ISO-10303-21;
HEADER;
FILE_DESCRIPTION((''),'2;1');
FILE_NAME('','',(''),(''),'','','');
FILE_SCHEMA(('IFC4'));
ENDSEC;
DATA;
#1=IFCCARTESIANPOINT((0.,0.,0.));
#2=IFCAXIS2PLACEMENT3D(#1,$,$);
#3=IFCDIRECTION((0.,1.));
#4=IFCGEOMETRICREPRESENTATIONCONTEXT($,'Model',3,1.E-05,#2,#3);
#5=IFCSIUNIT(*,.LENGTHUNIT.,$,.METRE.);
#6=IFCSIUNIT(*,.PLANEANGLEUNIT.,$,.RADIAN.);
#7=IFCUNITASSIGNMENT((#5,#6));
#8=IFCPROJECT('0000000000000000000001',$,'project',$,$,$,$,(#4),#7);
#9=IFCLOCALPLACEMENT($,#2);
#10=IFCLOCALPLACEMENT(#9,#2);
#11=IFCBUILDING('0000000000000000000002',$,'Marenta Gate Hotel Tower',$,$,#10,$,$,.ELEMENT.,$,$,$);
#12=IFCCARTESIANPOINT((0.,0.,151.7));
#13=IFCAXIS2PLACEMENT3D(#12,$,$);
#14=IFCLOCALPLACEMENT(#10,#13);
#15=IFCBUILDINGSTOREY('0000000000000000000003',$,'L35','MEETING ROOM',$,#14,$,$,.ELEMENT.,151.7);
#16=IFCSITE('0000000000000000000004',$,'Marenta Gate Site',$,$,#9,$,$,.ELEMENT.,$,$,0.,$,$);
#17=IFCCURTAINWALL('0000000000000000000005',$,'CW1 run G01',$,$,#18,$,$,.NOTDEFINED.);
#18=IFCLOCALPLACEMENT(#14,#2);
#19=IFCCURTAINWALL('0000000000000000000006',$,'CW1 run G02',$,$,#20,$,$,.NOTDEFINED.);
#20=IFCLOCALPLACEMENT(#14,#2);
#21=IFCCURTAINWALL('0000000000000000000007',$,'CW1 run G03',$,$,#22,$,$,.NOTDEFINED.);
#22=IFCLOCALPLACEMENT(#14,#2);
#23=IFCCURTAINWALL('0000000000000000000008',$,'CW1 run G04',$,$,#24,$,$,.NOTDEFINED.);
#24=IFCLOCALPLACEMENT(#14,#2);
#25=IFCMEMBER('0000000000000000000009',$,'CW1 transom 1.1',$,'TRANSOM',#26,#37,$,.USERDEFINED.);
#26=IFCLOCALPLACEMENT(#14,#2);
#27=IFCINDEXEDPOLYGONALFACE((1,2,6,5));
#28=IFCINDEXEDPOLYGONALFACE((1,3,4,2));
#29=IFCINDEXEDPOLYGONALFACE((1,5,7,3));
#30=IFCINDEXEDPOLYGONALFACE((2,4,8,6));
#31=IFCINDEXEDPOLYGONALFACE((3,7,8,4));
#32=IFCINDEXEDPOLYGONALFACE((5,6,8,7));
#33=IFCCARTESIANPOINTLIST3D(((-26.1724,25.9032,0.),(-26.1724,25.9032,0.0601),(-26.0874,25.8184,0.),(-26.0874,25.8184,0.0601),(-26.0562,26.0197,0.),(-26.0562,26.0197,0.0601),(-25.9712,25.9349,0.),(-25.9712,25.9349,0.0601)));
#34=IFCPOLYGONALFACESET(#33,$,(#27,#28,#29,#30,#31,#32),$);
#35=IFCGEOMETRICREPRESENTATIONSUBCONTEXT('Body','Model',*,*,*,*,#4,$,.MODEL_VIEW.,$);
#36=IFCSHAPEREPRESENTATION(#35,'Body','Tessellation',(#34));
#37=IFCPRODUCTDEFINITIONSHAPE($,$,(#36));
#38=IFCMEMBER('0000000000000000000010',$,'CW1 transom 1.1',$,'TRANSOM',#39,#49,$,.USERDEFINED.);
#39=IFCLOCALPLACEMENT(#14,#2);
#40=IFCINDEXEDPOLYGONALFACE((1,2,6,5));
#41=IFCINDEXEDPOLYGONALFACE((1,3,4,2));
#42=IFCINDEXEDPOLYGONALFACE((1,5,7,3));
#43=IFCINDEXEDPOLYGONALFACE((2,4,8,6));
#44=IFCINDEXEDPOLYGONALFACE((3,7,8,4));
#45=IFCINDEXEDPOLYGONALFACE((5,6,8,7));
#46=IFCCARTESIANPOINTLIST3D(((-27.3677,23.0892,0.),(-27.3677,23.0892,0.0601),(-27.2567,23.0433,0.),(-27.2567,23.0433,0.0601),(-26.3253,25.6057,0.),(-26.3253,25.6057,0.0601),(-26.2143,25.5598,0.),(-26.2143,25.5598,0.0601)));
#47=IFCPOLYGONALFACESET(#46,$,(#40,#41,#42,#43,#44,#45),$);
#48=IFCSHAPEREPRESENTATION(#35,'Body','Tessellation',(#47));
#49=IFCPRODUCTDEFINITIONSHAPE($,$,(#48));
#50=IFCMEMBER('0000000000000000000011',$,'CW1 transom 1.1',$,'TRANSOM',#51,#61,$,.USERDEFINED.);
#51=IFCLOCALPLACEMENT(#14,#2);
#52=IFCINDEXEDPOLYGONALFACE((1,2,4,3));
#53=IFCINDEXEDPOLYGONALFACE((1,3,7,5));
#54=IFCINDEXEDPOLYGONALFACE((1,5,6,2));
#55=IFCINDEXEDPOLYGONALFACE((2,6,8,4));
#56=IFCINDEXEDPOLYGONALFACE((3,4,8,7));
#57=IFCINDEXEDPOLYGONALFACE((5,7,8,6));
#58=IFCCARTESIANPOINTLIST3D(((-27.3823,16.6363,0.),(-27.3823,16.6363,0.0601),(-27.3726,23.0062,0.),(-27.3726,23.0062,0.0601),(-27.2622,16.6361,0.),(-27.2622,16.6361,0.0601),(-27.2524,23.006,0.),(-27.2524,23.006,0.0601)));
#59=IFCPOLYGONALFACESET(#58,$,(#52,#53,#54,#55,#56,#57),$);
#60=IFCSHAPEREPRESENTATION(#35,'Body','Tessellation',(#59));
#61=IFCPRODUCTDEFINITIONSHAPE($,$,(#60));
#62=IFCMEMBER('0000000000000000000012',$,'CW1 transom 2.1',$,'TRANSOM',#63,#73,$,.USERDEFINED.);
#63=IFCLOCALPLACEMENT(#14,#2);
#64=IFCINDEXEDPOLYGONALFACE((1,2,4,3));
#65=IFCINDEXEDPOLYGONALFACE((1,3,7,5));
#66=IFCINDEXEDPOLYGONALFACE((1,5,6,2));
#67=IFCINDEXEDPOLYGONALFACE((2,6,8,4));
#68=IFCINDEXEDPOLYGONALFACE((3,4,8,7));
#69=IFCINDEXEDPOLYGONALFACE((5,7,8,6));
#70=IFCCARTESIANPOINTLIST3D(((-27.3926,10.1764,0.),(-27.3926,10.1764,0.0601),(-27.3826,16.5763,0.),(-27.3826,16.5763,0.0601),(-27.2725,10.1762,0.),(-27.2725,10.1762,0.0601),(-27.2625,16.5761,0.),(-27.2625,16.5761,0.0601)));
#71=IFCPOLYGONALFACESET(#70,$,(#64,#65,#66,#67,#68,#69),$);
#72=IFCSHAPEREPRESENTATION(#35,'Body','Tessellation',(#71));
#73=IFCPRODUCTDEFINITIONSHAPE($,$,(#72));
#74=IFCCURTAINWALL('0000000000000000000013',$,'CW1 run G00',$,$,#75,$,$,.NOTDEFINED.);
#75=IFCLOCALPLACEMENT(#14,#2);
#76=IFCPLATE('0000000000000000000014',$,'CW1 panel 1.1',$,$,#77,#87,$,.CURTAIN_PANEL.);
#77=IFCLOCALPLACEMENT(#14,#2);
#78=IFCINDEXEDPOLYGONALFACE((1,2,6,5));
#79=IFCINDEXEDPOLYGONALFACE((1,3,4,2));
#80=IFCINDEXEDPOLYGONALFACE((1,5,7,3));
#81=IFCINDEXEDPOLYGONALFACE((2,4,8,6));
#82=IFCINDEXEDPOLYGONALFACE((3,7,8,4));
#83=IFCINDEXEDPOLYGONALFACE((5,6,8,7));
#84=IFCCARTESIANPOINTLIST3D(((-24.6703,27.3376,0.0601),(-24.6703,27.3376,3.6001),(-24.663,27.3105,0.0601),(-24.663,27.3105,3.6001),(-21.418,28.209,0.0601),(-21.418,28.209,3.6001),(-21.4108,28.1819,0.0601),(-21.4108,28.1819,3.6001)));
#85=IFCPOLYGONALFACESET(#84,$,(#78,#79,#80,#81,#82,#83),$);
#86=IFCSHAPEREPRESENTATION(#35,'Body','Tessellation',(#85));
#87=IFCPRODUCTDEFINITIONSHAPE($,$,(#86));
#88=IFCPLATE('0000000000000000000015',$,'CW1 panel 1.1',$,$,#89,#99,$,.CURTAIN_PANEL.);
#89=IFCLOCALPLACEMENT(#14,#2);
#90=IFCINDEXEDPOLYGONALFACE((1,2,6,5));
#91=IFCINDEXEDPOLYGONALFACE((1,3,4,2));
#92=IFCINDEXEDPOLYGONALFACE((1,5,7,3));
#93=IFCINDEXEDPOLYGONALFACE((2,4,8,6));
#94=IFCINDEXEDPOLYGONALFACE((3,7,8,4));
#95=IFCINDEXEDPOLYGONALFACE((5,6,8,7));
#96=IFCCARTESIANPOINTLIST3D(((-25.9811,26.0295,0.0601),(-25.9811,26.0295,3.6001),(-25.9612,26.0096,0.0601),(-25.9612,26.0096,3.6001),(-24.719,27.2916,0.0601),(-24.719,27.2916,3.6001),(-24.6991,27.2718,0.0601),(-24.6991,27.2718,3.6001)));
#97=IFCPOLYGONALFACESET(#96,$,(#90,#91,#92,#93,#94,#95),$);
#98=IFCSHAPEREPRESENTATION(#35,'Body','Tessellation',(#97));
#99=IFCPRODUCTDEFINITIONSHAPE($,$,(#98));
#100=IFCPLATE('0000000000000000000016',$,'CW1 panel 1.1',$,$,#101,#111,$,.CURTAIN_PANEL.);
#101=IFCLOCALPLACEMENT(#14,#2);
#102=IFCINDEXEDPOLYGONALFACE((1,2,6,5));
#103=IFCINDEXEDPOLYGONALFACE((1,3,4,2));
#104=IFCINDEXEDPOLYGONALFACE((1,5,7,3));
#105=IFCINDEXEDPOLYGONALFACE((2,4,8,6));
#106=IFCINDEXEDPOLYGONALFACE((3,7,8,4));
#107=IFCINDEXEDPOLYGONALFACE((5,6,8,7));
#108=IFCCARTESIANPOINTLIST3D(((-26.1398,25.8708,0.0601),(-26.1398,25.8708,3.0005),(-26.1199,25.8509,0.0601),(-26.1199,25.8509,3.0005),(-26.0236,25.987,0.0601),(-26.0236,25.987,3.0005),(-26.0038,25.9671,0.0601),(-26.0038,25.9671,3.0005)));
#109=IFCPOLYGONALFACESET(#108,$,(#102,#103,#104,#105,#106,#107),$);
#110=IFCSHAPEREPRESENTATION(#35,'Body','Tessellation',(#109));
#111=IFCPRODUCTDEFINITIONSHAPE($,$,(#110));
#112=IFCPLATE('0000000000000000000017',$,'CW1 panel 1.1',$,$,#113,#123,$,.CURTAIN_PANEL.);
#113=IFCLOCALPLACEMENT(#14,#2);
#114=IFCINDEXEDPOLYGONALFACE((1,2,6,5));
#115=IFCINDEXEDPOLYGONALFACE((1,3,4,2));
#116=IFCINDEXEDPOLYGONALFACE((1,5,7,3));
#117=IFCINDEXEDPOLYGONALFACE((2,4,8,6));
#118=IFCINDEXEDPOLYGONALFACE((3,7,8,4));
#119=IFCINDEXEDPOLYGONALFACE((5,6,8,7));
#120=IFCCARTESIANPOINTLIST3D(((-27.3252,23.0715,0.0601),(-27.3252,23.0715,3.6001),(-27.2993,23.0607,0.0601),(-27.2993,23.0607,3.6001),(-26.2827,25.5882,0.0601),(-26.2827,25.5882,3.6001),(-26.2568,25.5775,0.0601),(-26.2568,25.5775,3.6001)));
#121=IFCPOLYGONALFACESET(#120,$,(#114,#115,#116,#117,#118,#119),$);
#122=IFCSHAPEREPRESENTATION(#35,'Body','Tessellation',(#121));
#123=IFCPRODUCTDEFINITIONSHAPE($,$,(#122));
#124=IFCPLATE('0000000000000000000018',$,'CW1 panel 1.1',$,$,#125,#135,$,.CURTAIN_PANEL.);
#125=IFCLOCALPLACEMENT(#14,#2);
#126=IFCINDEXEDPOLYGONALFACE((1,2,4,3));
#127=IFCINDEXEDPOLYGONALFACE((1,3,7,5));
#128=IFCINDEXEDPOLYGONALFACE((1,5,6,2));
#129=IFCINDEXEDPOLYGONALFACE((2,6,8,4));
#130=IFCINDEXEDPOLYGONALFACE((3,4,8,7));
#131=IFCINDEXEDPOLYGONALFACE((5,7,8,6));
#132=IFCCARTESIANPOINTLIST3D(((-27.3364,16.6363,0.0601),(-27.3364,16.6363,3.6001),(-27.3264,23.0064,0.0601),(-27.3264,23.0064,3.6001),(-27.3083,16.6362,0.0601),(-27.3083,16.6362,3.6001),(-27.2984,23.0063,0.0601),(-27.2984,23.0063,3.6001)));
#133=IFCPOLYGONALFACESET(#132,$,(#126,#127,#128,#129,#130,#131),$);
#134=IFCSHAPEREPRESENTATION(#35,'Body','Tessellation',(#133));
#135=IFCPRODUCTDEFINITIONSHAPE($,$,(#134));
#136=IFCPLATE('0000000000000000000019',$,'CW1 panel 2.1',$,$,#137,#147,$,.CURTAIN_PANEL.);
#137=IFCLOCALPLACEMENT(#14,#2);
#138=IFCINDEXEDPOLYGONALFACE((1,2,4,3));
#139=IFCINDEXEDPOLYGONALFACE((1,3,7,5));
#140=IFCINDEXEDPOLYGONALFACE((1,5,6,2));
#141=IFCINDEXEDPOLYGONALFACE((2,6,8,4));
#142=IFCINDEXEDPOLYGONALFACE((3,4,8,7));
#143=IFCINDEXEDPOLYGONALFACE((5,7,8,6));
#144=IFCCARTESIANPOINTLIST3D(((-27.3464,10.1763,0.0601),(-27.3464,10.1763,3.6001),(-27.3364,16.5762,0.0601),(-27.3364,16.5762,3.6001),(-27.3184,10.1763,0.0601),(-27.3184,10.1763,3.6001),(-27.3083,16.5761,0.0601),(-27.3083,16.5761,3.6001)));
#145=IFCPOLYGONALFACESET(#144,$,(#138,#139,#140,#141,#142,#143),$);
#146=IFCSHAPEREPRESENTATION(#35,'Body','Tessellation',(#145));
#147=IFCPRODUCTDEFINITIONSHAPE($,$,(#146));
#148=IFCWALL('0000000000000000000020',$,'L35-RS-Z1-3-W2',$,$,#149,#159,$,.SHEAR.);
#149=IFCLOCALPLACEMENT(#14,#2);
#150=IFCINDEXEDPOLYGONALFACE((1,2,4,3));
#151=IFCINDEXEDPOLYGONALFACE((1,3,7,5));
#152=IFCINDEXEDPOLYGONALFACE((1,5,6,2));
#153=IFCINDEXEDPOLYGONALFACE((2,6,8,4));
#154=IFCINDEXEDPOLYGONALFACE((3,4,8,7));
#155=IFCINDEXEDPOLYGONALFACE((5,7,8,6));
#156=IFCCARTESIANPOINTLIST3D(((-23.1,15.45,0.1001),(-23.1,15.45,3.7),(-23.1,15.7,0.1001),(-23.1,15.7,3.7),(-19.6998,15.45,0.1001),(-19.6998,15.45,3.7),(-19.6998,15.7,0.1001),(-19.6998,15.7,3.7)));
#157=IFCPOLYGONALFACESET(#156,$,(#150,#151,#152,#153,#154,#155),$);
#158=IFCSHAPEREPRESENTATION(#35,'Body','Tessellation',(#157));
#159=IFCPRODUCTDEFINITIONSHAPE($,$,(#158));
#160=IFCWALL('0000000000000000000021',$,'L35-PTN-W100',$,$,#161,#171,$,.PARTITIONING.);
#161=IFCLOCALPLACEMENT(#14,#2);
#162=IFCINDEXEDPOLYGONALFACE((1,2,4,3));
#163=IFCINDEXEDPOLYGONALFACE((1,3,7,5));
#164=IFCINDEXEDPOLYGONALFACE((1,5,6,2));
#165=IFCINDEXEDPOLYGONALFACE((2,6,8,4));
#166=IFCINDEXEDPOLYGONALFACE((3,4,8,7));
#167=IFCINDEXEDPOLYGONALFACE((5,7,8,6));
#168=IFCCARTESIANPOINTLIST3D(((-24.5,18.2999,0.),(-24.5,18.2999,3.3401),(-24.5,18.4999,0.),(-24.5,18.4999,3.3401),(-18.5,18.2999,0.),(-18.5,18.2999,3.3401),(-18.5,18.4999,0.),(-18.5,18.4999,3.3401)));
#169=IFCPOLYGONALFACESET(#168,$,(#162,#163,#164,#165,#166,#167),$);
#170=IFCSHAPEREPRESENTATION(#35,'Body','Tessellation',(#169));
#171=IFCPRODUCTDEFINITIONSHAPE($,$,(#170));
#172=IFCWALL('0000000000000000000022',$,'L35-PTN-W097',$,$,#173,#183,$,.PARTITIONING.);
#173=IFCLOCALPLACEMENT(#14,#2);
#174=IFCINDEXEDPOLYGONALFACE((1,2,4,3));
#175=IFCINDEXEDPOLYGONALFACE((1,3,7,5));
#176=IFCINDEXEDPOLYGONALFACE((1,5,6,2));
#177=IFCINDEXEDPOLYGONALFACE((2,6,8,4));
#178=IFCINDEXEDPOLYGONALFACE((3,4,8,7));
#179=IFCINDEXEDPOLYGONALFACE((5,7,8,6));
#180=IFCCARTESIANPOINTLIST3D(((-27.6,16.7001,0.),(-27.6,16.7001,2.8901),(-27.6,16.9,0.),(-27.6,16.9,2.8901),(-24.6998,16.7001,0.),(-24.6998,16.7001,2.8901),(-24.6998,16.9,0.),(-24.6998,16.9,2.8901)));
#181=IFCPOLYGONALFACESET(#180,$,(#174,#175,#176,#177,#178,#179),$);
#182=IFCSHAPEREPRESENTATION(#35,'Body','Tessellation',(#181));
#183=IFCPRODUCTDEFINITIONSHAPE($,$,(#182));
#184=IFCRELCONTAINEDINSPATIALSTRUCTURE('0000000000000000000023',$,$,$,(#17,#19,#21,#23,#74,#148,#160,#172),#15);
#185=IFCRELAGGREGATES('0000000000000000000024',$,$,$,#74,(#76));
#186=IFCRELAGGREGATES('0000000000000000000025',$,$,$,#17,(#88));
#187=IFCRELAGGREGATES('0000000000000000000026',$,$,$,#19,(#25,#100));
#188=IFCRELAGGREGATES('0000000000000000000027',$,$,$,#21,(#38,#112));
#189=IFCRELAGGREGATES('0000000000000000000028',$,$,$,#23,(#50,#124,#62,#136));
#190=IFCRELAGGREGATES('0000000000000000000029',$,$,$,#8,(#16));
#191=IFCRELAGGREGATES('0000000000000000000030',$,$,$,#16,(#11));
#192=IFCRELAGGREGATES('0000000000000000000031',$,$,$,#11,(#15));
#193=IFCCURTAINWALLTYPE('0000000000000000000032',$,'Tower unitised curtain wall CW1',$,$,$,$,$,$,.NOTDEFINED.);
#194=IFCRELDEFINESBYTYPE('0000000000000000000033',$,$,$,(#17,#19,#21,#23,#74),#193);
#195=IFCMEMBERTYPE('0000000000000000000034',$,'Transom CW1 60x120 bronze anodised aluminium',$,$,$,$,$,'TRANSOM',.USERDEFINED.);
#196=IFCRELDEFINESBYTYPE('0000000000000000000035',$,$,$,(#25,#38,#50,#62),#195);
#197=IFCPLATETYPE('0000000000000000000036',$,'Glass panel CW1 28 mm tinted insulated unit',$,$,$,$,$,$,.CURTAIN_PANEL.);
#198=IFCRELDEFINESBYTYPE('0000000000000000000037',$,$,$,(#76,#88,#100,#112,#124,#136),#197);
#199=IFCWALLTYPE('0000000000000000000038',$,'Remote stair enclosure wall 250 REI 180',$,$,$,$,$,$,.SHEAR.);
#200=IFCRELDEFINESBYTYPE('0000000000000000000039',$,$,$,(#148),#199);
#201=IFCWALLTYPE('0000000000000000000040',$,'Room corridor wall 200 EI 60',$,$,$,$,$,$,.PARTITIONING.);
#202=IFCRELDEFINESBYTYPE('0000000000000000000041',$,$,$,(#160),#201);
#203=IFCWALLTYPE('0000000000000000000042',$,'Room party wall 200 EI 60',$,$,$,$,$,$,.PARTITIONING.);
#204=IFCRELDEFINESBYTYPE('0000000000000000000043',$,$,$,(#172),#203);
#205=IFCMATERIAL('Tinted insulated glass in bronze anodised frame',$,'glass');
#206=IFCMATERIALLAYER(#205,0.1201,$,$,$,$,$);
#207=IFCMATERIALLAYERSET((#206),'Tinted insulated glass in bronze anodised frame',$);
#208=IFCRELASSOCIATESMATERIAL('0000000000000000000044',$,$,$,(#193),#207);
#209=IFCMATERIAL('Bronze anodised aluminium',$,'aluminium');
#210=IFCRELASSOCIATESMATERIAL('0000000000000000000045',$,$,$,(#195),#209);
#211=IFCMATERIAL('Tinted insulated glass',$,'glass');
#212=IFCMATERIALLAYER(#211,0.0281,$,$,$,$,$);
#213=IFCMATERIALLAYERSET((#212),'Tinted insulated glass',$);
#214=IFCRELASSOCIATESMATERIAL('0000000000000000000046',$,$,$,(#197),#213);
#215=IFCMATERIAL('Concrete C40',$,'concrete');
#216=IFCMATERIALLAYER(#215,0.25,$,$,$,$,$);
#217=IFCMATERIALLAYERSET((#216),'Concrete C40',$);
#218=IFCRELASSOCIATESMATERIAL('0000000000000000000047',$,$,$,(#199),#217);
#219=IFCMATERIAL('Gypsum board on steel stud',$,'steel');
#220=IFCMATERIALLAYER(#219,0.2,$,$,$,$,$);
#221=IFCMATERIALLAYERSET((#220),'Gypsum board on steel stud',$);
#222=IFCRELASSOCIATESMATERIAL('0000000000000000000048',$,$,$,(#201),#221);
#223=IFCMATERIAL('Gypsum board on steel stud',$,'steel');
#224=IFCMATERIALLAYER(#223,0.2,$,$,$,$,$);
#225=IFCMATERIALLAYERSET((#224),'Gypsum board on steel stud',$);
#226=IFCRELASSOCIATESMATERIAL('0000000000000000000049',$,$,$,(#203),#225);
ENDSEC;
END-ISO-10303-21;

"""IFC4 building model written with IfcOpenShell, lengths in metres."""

from ifc_helpers import new_model, si_unit, direction, frame, frame_2d, origin, origin_2d, place, context, subcontext, project, spatial, rectangle, extrude, material, layer, layer_set, material_profile, profile_set, type_object, element, aggregate, save


model = new_model("IFC4")

# Units and contexts
model_context = context("Model", 3, precision=1e-05, world=origin(), true_north=direction((0.0, 1.0)))
body_context = subcontext(model_context, "Body", "Model", "MODEL_VIEW")
ifc_project = project(units=[si_unit("LENGTHUNIT", "METRE"), si_unit("PLANEANGLEUNIT", "RADIAN")], contexts=[model_context])

# Site, building, storey
site_placement = place(None, origin())
site = spatial("IfcSite", under=ifc_project, at=site_placement, Name="Marenta Gate Site", CompositionType="ELEMENT", RefElevation=0.0)
building_placement = place(site_placement, origin())
building = spatial("IfcBuilding", under=site, at=building_placement, Name="Marenta Gate Hotel Tower", CompositionType="ELEMENT")
storey_placement = place(building_placement, frame((0.0, 0.0, 151.7)))
storey = spatial("IfcBuildingStorey", under=building, at=storey_placement, Name="L35", Description="MEETING ROOM", CompositionType="ELEMENT", Elevation=151.7)

# Curtain wall
ifc_material_1 = material(Name="Tinted insulated glass in bronze anodised frame", Category="glass")
ifc_layer_1 = layer(ifc_material_1, 0.1201)
ifc_layer_set_1 = layer_set([ifc_layer_1], Name="Tinted insulated glass in bronze anodised frame")
curtain_wall_type = type_object("IfcCurtainWallType", Name="Tower unitised curtain wall CW1", PredefinedType="NOTDEFINED", material=ifc_layer_set_1)
curtain_wall_1_placement = place(storey_placement, origin())
curtain_wall_1 = element("IfcCurtainWall", 1, at=curtain_wall_1_placement, inside=storey, type_object=curtain_wall_type, Name="CW1 run G01", PredefinedType="NOTDEFINED")

# Curtain wall
curtain_wall_2_placement = place(storey_placement, origin())
curtain_wall_2 = element("IfcCurtainWall", 2, at=curtain_wall_2_placement, inside=storey, type_object=curtain_wall_type, Name="CW1 run G02", PredefinedType="NOTDEFINED")

# Curtain wall
curtain_wall_3_placement = place(storey_placement, origin())
curtain_wall_3 = element("IfcCurtainWall", 3, at=curtain_wall_3_placement, inside=storey, type_object=curtain_wall_type, Name="CW1 run G03", PredefinedType="NOTDEFINED")

# Curtain wall
curtain_wall_4_placement = place(storey_placement, origin())
curtain_wall_4 = element("IfcCurtainWall", 4, at=curtain_wall_4_placement, inside=storey, type_object=curtain_wall_type, Name="CW1 run G04", PredefinedType="NOTDEFINED")

# Members
ifc_material_2 = material(Name="Bronze anodised aluminium", Category="aluminium")
ifc_material_profile_1 = material_profile(ifc_material_2, rectangle(XDim=0.1201, YDim=0.0601, at=origin_2d()), Name="Transom CW1 60x120 bronze anodised aluminium")
ifc_profile_set_1 = profile_set([ifc_material_profile_1], Name="Bronze anodised aluminium")
member_type_1 = type_object("IfcMemberType", Name="Transom CW1 60x120 bronze anodised aluminium", ElementType="TRANSOM", PredefinedType="USERDEFINED", material=ifc_profile_set_1)
member_1_placement = place(storey_placement, frame((-26.0137, 25.9773, 0.03), z_axis=(-0.706364, -0.707848, 0.0), x_axis=(0.707848, -0.706364, 0.0)))
member_1 = element("IfcMember", 5, at=member_1_placement, type_object=member_type_1, Name="CW1 transom 1.1", ObjectType="TRANSOM", PredefinedType="USERDEFINED", context=body_context, shape_type="SweptSolid", body=[
    extrude(rectangle(XDim=0.1201, YDim=0.0601, at=origin_2d()), origin(), (0.0, 0.0, 1.0), 0.1646),
])
member_2_placement = place(storey_placement, frame((-26.2698, 25.5828, 0.03), z_axis=(-0.382705, -0.92387, 0.0), x_axis=(0.92387, -0.382705, 0.0)))
member_2 = element("IfcMember", 6, at=member_2_placement, type_object=member_type_1, Name="CW1 transom 1.1", ObjectType="TRANSOM", PredefinedType="USERDEFINED", context=body_context, shape_type="SweptSolid", body=[
    extrude(rectangle(XDim=0.1201, YDim=0.0601, at=origin_2d()), origin(), (0.0, 0.0, 1.0), 2.7239),
])
member_3_placement = place(storey_placement, frame((-27.3125, 23.0061, 0.03), z_axis=(-0.001533, -0.999999, 0.0), x_axis=(0.999999, -0.001533, 0.0)))
member_3 = element("IfcMember", 7, at=member_3_placement, type_object=member_type_1, Name="CW1 transom 1.1", ObjectType="TRANSOM", PredefinedType="USERDEFINED", context=body_context, shape_type="SweptSolid", body=[
    extrude(rectangle(XDim=0.1201, YDim=0.0601, at=origin_2d()), origin(), (0.0, 0.0, 1.0), 6.3699),
])
member_4_placement = place(storey_placement, frame((-27.3225, 16.5762, 0.03), z_axis=(-0.001564, -0.999999, 0.0), x_axis=(0.999999, -0.001564, 0.0)))
member_4 = element("IfcMember", 8, at=member_4_placement, type_object=member_type_1, Name="CW1 transom 2.1", ObjectType="TRANSOM", PredefinedType="USERDEFINED", context=body_context, shape_type="SweptSolid", body=[
    extrude(rectangle(XDim=0.1201, YDim=0.0601, at=origin_2d()), origin(), (0.0, 0.0, 1.0), 6.3999),
])

# Curtain wall, plate
curtain_wall_5_placement = place(storey_placement, origin())
curtain_wall_5 = element("IfcCurtainWall", 9, at=curtain_wall_5_placement, inside=storey, type_object=curtain_wall_type, Name="CW1 run G00", PredefinedType="NOTDEFINED")
ifc_material_3 = material(Name="Tinted insulated glass", Category="glass")
ifc_layer_2 = layer(ifc_material_3, 0.0281)
ifc_layer_set_2 = layer_set([ifc_layer_2], Name="Tinted insulated glass")
plate_type = type_object("IfcPlateType", Name="Glass panel CW1 28 mm tinted insulated unit", PredefinedType="CURTAIN_PANEL", material=ifc_layer_set_2)
plate_1_placement = place(storey_placement, frame((-23.0405, 27.7598, 0.0601), z_axis=(0.0, 0.0, 1.0), x_axis=(-0.965931, -0.258801, 0.0)))
plate_1 = element("IfcPlate", 10, at=plate_1_placement, type_object=plate_type, Name="CW1 panel 1.1", PredefinedType="CURTAIN_PANEL", context=body_context, shape_type="SweptSolid", body=[
    extrude(rectangle(XDim=3.3669, YDim=0.0281, at=origin_2d()), origin(), (0.0, 0.0, 1.0), 3.54),
])
aggregate(curtain_wall_5, [plate_1])

# Plates
plate_2_placement = place(storey_placement, frame((-25.3401, 26.6506, 0.0601), z_axis=(0.0, 0.0, 1.0), x_axis=(-0.707107, -0.707107, 0.0)))
plate_2 = element("IfcPlate", 11, at=plate_2_placement, type_object=plate_type, Name="CW1 panel 1.1", PredefinedType="CURTAIN_PANEL", context=body_context, shape_type="SweptSolid", body=[
    extrude(rectangle(XDim=1.7849, YDim=0.0281, at=origin_2d()), origin(), (0.0, 0.0, 1.0), 3.54),
])
aggregate(curtain_wall_1, [plate_2])
plate_3_placement = place(storey_placement, frame((-26.0718, 25.9189, 0.0601), z_axis=(0.0, 0.0, 1.0), x_axis=(-0.707107, -0.707107, 0.0)))
plate_3 = element("IfcPlate", 12, at=plate_3_placement, type_object=plate_type, Name="CW1 panel 1.1", PredefinedType="CURTAIN_PANEL", context=body_context, shape_type="SweptSolid", body=[
    extrude(rectangle(XDim=0.1643, YDim=0.0281, at=origin_2d()), origin(), (0.0, 0.0, 1.0), 2.9404),
])
aggregate(curtain_wall_2, [member_1, plate_3])
plate_4_placement = place(storey_placement, frame((-26.791, 24.3245, 0.0601), z_axis=(0.0, 0.0, 1.0), x_axis=(-0.382684, -0.923879, 0.0)))
plate_4 = element("IfcPlate", 13, at=plate_4_placement, type_object=plate_type, Name="CW1 panel 1.1", PredefinedType="CURTAIN_PANEL", context=body_context, shape_type="SweptSolid", body=[
    extrude(rectangle(XDim=2.7241, YDim=0.0281, at=origin_2d()), origin(), (0.0, 0.0, 1.0), 3.54),
])
aggregate(curtain_wall_3, [member_2, plate_4])
plate_5_placement = place(storey_placement, frame((-27.3174, 19.8213, 0.0601), z_axis=(0.0, 0.0, 1.0), x_axis=(-0.001566, -0.999999, 0.0)))
plate_5 = element("IfcPlate", 14, at=plate_5_placement, type_object=plate_type, Name="CW1 panel 1.1", PredefinedType="CURTAIN_PANEL", context=body_context, shape_type="SweptSolid", body=[
    extrude(rectangle(XDim=6.3701, YDim=0.0281, at=origin_2d()), origin(), (0.0, 0.0, 1.0), 3.54),
])
plate_6_placement = place(storey_placement, frame((-27.3274, 13.3762, 0.0601), z_axis=(0.0, 0.0, 1.0), x_axis=(-0.001566, -0.999999, 0.0)))
plate_6 = element("IfcPlate", 15, at=plate_6_placement, type_object=plate_type, Name="CW1 panel 2.1", PredefinedType="CURTAIN_PANEL", context=body_context, shape_type="SweptSolid", body=[
    extrude(rectangle(XDim=6.3999, YDim=0.0281, at=origin_2d()), origin(), (0.0, 0.0, 1.0), 3.54),
])
aggregate(curtain_wall_4, [member_3, plate_5, member_4, plate_6])

# Walls
ifc_material_4 = material(Name="Concrete C40", Category="concrete")
ifc_layer_3 = layer(ifc_material_4, 0.25)
ifc_layer_set_3 = layer_set([ifc_layer_3], Name="Concrete C40")
wall_type_1 = type_object("IfcWallType", Name="Remote stair enclosure wall 250 REI 180", PredefinedType="SHEAR", material=ifc_layer_set_3)
wall_1_placement = place(storey_placement, frame((-23.1001, 15.575, 0.1001), z_axis=(0.0, 0.0, 1.0), x_axis=(1.0, 0.0, 0.0)))
element("IfcWall", 16, at=wall_1_placement, inside=storey, type_object=wall_type_1, Name="L35-RS-Z1-3-W2", PredefinedType="SHEAR", context=body_context, shape_type="SweptSolid", body=[
    extrude(rectangle(XDim=3.4001, YDim=0.25, at=frame_2d((1.7002, 0.0))), origin(), (0.0, 0.0, 1.0), 3.5999),
])
ifc_material_5 = material(Name="Gypsum board on steel stud", Category="steel")
ifc_layer_4 = layer(ifc_material_5, 0.2)
ifc_layer_set_4 = layer_set([ifc_layer_4], Name="Gypsum board on steel stud")
wall_type_2 = type_object("IfcWallType", Name="Room corridor wall 200 EI 60", PredefinedType="PARTITIONING", material=ifc_layer_set_4)
wall_2_placement = place(storey_placement, frame((-24.5, 18.3999, 0.0), z_axis=(0.0, 0.0, 1.0), x_axis=(1.0, 0.0, 0.0)))
element("IfcWall", 17, at=wall_2_placement, inside=storey, type_object=wall_type_2, Name="L35-PTN-W100", PredefinedType="PARTITIONING", context=body_context, shape_type="SweptSolid", body=[
    extrude(rectangle(XDim=6.0, YDim=0.2, at=frame_2d((3.0, 0.0))), origin(), (0.0, 0.0, 1.0), 3.3401),
])
ifc_material_6 = material(Name="Gypsum board on steel stud", Category="steel")
ifc_layer_5 = layer(ifc_material_6, 0.2)
ifc_layer_set_5 = layer_set([ifc_layer_5], Name="Gypsum board on steel stud")
wall_type_3 = type_object("IfcWallType", Name="Room party wall 200 EI 60", PredefinedType="PARTITIONING", material=ifc_layer_set_5)
wall_3_placement = place(storey_placement, frame((-27.6001, 16.8, 0.0), z_axis=(0.0, 0.0, 1.0), x_axis=(1.0, 0.0, 0.0)))
element("IfcWall", 18, at=wall_3_placement, inside=storey, type_object=wall_type_3, Name="L35-PTN-W097", PredefinedType="PARTITIONING", context=body_context, shape_type="SweptSolid", body=[
    extrude(rectangle(XDim=2.9001, YDim=0.2, at=frame_2d((1.4502, 0.0))), origin(), (0.0, 0.0, 1.0), 2.8901),
])

save(model, "model.ifc")
